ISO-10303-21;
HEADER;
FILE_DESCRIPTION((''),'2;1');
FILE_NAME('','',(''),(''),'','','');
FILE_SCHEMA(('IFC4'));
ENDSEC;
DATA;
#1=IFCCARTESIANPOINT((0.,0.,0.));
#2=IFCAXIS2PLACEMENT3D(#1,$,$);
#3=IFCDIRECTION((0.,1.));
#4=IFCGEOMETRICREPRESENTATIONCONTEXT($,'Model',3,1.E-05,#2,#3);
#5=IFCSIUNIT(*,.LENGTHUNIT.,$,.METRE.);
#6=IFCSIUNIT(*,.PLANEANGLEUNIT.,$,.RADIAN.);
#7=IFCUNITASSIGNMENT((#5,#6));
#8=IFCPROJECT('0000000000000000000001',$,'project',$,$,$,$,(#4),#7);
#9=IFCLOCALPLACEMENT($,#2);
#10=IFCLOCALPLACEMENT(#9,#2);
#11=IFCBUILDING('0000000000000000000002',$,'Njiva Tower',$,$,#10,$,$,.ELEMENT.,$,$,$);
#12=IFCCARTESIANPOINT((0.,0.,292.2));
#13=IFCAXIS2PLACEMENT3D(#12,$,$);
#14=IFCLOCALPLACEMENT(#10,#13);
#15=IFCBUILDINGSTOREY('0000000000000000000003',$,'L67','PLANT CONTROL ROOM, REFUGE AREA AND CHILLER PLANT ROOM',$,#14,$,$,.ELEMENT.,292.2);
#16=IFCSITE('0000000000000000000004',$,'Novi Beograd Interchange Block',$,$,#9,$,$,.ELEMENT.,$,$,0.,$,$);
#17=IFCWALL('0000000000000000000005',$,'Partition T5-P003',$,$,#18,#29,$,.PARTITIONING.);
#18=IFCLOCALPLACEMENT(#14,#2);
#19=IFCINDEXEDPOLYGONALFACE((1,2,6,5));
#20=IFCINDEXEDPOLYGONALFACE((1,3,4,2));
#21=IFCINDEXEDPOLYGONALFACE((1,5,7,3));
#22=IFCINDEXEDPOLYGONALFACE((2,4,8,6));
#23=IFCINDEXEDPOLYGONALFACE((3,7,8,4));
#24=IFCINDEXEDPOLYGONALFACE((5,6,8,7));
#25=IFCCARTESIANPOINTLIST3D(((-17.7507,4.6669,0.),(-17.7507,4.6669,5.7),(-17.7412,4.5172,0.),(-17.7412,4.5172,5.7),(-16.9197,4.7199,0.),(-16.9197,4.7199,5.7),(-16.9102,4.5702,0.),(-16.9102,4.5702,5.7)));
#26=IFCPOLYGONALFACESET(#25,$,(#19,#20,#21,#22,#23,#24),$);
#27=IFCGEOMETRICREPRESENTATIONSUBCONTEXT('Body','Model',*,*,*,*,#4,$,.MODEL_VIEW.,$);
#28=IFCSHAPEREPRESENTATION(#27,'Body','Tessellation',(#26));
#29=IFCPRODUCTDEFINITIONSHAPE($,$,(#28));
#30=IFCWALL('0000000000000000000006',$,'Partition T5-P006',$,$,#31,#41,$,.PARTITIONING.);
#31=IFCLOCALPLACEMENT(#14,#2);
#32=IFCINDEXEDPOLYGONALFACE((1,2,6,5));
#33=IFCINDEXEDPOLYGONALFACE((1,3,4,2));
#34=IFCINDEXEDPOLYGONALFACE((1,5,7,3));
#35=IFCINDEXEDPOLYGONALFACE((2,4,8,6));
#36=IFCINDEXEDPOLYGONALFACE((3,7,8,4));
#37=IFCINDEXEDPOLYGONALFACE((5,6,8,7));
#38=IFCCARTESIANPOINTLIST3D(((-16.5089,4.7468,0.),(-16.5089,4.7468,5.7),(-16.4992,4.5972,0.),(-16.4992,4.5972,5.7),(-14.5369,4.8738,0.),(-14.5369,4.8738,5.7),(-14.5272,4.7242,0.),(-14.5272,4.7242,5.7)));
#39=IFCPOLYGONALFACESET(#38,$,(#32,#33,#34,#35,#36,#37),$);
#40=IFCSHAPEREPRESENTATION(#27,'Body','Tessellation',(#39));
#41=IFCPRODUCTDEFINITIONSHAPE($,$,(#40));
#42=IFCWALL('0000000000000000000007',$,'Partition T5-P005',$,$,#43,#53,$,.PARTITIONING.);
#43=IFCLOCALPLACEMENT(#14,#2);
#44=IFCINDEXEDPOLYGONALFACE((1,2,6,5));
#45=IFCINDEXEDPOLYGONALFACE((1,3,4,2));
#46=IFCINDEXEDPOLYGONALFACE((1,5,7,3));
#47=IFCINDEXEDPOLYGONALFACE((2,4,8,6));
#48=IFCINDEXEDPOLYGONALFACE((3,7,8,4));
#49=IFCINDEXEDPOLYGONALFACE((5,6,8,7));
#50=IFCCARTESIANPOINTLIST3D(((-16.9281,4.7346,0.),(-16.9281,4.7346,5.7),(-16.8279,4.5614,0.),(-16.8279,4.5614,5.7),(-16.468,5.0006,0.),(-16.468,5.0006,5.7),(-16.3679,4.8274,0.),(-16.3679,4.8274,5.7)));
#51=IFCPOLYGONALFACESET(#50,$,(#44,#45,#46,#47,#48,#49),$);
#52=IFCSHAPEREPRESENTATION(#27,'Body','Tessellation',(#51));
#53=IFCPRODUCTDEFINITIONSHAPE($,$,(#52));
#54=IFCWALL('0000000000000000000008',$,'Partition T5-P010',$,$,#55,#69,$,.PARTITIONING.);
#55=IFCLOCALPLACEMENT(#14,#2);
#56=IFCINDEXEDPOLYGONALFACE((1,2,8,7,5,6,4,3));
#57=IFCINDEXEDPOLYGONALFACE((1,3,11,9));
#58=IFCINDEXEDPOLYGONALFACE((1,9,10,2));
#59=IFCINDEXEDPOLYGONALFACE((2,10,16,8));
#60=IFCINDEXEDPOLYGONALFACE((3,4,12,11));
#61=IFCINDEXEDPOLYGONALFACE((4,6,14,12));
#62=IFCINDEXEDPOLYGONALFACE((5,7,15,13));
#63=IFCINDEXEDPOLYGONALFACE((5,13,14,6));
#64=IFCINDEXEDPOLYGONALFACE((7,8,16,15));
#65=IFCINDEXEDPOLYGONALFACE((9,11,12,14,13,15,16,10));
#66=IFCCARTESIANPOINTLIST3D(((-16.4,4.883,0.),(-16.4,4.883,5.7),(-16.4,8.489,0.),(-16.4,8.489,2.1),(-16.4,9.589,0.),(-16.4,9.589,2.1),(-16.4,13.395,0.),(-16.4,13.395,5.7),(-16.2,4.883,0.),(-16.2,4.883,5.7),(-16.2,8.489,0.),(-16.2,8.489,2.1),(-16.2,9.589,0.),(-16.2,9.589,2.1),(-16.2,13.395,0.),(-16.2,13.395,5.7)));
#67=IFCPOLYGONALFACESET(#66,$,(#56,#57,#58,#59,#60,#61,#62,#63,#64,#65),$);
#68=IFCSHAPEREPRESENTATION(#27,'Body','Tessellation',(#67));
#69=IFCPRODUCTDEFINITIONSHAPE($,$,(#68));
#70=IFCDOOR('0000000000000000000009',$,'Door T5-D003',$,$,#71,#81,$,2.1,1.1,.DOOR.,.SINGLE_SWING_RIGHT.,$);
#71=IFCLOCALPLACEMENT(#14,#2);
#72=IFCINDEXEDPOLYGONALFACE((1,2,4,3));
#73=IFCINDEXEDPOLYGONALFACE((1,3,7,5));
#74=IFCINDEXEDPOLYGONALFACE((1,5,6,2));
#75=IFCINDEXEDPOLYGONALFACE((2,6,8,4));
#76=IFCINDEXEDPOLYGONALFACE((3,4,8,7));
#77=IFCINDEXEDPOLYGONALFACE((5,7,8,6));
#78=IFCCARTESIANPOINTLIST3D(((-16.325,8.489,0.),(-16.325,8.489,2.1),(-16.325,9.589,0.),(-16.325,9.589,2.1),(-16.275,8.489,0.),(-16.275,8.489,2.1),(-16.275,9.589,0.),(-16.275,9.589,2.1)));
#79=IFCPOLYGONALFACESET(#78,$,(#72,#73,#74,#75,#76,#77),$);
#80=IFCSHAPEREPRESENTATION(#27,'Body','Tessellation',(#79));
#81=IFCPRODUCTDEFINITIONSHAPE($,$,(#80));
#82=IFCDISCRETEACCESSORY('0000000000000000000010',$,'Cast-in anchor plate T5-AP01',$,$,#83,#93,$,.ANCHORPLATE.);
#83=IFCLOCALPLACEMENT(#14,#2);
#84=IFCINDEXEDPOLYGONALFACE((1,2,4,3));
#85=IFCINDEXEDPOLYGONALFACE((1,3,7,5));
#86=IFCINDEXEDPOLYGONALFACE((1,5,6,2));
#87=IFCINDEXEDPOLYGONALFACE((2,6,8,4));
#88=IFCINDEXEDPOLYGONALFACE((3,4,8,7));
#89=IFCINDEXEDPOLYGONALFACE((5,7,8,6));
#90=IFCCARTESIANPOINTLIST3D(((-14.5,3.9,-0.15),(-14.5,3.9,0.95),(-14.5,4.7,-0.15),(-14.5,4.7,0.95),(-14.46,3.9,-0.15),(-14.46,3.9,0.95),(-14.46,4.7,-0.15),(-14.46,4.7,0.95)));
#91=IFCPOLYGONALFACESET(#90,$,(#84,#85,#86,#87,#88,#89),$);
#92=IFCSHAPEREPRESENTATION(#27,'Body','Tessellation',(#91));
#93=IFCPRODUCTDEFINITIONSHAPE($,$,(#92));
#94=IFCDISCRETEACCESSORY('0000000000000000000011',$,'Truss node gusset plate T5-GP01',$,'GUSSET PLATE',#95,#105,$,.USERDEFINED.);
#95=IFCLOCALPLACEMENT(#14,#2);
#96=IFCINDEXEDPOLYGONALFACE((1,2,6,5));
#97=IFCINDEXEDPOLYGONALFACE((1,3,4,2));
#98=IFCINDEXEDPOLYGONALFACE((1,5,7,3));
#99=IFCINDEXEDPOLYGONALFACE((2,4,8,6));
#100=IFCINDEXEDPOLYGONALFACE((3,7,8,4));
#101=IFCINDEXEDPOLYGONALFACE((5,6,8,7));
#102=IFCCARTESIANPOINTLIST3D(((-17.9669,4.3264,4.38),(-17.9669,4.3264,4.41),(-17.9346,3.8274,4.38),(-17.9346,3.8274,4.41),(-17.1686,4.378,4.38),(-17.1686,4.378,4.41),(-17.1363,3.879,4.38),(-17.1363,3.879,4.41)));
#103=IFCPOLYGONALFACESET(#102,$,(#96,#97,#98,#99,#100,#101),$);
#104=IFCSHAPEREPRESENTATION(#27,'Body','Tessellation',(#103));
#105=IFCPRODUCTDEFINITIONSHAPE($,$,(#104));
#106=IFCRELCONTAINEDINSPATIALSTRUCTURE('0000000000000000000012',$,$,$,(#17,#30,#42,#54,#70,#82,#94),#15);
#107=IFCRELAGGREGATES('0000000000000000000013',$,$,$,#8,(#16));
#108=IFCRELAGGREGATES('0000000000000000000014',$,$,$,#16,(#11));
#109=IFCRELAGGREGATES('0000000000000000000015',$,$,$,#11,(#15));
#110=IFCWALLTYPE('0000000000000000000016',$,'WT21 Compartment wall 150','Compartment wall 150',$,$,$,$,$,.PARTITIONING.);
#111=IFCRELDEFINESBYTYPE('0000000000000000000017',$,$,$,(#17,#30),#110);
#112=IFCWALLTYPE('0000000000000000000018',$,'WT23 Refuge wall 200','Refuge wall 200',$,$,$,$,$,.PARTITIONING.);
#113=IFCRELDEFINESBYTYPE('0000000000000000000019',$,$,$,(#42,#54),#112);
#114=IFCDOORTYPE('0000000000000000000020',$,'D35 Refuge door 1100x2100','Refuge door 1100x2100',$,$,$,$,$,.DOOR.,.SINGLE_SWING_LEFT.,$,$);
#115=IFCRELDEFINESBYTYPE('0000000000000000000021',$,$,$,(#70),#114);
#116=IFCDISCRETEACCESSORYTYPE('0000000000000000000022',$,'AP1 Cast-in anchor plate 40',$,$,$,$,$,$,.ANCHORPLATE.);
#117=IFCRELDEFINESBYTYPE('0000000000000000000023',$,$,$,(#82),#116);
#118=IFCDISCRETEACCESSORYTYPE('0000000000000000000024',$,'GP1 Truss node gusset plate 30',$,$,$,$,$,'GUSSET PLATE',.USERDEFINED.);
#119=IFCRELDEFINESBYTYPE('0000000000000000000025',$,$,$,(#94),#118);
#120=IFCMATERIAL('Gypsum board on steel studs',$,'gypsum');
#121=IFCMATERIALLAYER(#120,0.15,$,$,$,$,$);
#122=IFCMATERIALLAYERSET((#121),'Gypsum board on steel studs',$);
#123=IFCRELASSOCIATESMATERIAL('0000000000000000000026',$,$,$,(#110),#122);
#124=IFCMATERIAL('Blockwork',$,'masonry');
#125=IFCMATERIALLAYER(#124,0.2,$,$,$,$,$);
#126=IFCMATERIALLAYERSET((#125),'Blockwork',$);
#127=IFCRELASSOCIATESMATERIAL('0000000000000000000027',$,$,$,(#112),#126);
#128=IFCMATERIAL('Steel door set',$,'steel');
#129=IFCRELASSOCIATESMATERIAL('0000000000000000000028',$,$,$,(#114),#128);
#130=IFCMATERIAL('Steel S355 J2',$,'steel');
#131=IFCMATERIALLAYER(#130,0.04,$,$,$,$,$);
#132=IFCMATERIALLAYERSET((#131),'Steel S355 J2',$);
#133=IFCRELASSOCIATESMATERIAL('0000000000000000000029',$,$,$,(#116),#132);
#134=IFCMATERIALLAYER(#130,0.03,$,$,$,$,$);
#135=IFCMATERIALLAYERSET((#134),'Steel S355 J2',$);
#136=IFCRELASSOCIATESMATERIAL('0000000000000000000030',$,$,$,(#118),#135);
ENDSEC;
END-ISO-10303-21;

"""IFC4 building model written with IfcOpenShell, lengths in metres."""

from ifc_helpers import new_model, si_unit, direction, frame, frame_2d, origin, place, context, subcontext, project, spatial, polyline, rectangle, outline, extrude, material, layer, layer_set, type_object, element, fill, save


model = new_model("IFC4")

# Units and contexts
model_context = context("Model", 3, precision=1e-05, world=origin(), true_north=direction((0.0, 1.0)))
body_context = subcontext(model_context, "Body", "Model", "MODEL_VIEW")
ifc_project = project(units=[si_unit("LENGTHUNIT", "METRE"), si_unit("PLANEANGLEUNIT", "RADIAN")], contexts=[model_context])

# Site, building, storey
site_placement = place(None, origin())
site = spatial("IfcSite", under=ifc_project, at=site_placement, Name="Novi Beograd Interchange Block", CompositionType="ELEMENT", RefElevation=0.0)
building_placement = place(site_placement, origin())
building = spatial("IfcBuilding", under=site, at=building_placement, Name="Njiva Tower", CompositionType="ELEMENT")
storey_placement = place(building_placement, frame((0.0, 0.0, 292.2)))
storey = spatial("IfcBuildingStorey", under=building, at=storey_placement, Name="L67", Description="PLANT CONTROL ROOM, REFUGE AREA AND CHILLER PLANT ROOM", CompositionType="ELEMENT", Elevation=292.2)

# Shared definitions
ifc_material_1 = material(Name="Steel S355 J2", Category="steel")

# Walls
ifc_material_2 = material(Name="Gypsum board on steel studs", Category="gypsum")
ifc_layer_1 = layer(ifc_material_2, 0.15)
ifc_layer_set_1 = layer_set([ifc_layer_1], Name="Gypsum board on steel studs")
wall_type_1 = type_object("IfcWallType", Name="WT21 Compartment wall 150", Description="Compartment wall 150", PredefinedType="PARTITIONING", material=ifc_layer_set_1)
wall_1_placement = place(storey_placement, frame((-17.746, 4.592, 0.0), z_axis=(0.0, 0.0, 1.0), x_axis=(0.997972, 0.063649, 0.0)))
element("IfcWall", 1, at=wall_1_placement, inside=storey, type_object=wall_type_1, Name="Partition T5-P003", PredefinedType="PARTITIONING", context=body_context, shape_type="SweptSolid", body=[
    extrude(rectangle(XDim=0.8327, YDim=0.15, at=frame_2d((0.4164, 0.0))), origin(), (0.0, 0.0, 1.0), 5.7),
])
wall_2_placement = place(storey_placement, frame((-16.504, 4.672, 0.0), z_axis=(0.0, 0.0, 1.0), x_axis=(0.997933, 0.064268, 0.0)))
element("IfcWall", 2, at=wall_2_placement, inside=storey, type_object=wall_type_1, Name="Partition T5-P006", PredefinedType="PARTITIONING", context=body_context, shape_type="SweptSolid", body=[
    extrude(rectangle(XDim=1.9761, YDim=0.15, at=frame_2d((0.988, 0.0))), origin(), (0.0, 0.0, 1.0), 5.7),
])
ifc_material_3 = material(Name="Blockwork", Category="masonry")
ifc_layer_2 = layer(ifc_material_3, 0.2)
ifc_layer_set_2 = layer_set([ifc_layer_2], Name="Blockwork")
wall_type_2 = type_object("IfcWallType", Name="WT23 Refuge wall 200", Description="Refuge wall 200", PredefinedType="PARTITIONING", material=ifc_layer_set_2)
wall_3_placement = place(storey_placement, frame((-16.878, 4.648, 0.0), z_axis=(0.0, 0.0, 1.0), x_axis=(0.865684, 0.500591, 0.0)))
element("IfcWall", 3, at=wall_3_placement, inside=storey, type_object=wall_type_2, Name="Partition T5-P005", PredefinedType="PARTITIONING", context=body_context, shape_type="SweptSolid", body=[
    extrude(rectangle(XDim=0.5314, YDim=0.2, at=frame_2d((0.2657, 0.0))), origin(), (0.0, 0.0, 1.0), 5.7),
])

# Wall, opening, door
wall_4_placement = place(storey_placement, frame((-16.3, 4.883, 0.0), z_axis=(0.0, 0.0, 1.0), x_axis=(0.0, 1.0, 0.0)))
wall_4 = element("IfcWall", 4, at=wall_4_placement, inside=storey, type_object=wall_type_2, Name="Partition T5-P010", PredefinedType="PARTITIONING", context=body_context, shape_type="SweptSolid", body=[
    extrude(rectangle(XDim=8.512, YDim=0.2, at=frame_2d((4.256, 0.0))), origin(), (0.0, 0.0, 1.0), 5.7),
])
opening_1_placement = place(wall_4_placement, frame((3.606, 0.0, 0.0)))
opening_1 = element("IfcOpeningElement", 5, at=opening_1_placement, cuts=wall_4, PredefinedType="OPENING", context=body_context, shape_type="SweptSolid", body=[
    extrude(rectangle(XDim=1.1, YDim=2.1, at=frame_2d((0.55, 1.05))), frame((0.0, 0.11, 0.0), z_axis=(0.0, -1.0, 0.0), x_axis=(1.0, 0.0, 0.0)), (0.0, 0.0, 1.0), 0.22),
])
ifc_material_4 = material(Name="Steel door set", Category="steel")
door_type_1 = type_object("IfcDoorType", Name="D35 Refuge door 1100x2100", Description="Refuge door 1100x2100", OperationType="SINGLE_SWING_LEFT", PredefinedType="DOOR", material=ifc_material_4)
door_1_placement = place(opening_1_placement, origin())
door_1 = element("IfcDoor", 6, at=door_1_placement, inside=storey, type_object=door_type_1, Name="Door T5-D003", OperationType="SINGLE_SWING_RIGHT", OverallHeight=2.1, OverallWidth=1.1, PredefinedType="DOOR", context=body_context, shape_type="SweptSolid", body=[
    extrude(rectangle(XDim=1.1, YDim=2.1, at=frame_2d((0.55, 1.05))), frame((0.0, 0.025, 0.0), z_axis=(0.0, -1.0, 0.0), x_axis=(1.0, 0.0, 0.0)), (0.0, 0.0, 1.0), 0.05),
])
fill(opening_1, door_1)

# Discrete accessories
ifc_layer_3 = layer(ifc_material_1, 0.04)
ifc_layer_set_3 = layer_set([ifc_layer_3], Name="Steel S355 J2")
discrete_accessory_type_1 = type_object("IfcDiscreteAccessoryType", Name="AP1 Cast-in anchor plate 40", PredefinedType="ANCHORPLATE", material=ifc_layer_set_3)
discrete_accessory_1_placement = place(storey_placement, frame((-14.48, 4.3, -0.15)))
element("IfcDiscreteAccessory", 7, at=discrete_accessory_1_placement, inside=storey, type_object=discrete_accessory_type_1, Name="Cast-in anchor plate T5-AP01", PredefinedType="ANCHORPLATE", context=body_context, shape_type="SweptSolid", body=[
    extrude(outline(polyline([(-0.02, -0.4), (0.02, -0.4), (0.02, 0.4), (-0.02, 0.4), (-0.02, -0.4)])), origin(), (0.0, 0.0, 1.0), 1.1),
])
ifc_layer_4 = layer(ifc_material_1, 0.03)
ifc_layer_set_4 = layer_set([ifc_layer_4], Name="Steel S355 J2")
discrete_accessory_type_2 = type_object("IfcDiscreteAccessoryType", Name="GP1 Truss node gusset plate 30", ElementType="GUSSET PLATE", PredefinedType="USERDEFINED", material=ifc_layer_set_4)
discrete_accessory_2_placement = place(storey_placement, frame((-17.5516, 4.1027, 4.38)))
element("IfcDiscreteAccessory", 8, at=discrete_accessory_2_placement, inside=storey, type_object=discrete_accessory_type_2, Name="Truss node gusset plate T5-GP01", ObjectType="GUSSET PLATE", PredefinedType="USERDEFINED", context=body_context, shape_type="SweptSolid", body=[
    extrude(outline(polyline([(-0.383, -0.2753), (0.4153, -0.2237), (0.383, 0.2753), (-0.4153, 0.2237), (-0.383, -0.2753)])), origin(), (0.0, 0.0, 1.0), 0.03),
])

save(model, "model.ifc")
